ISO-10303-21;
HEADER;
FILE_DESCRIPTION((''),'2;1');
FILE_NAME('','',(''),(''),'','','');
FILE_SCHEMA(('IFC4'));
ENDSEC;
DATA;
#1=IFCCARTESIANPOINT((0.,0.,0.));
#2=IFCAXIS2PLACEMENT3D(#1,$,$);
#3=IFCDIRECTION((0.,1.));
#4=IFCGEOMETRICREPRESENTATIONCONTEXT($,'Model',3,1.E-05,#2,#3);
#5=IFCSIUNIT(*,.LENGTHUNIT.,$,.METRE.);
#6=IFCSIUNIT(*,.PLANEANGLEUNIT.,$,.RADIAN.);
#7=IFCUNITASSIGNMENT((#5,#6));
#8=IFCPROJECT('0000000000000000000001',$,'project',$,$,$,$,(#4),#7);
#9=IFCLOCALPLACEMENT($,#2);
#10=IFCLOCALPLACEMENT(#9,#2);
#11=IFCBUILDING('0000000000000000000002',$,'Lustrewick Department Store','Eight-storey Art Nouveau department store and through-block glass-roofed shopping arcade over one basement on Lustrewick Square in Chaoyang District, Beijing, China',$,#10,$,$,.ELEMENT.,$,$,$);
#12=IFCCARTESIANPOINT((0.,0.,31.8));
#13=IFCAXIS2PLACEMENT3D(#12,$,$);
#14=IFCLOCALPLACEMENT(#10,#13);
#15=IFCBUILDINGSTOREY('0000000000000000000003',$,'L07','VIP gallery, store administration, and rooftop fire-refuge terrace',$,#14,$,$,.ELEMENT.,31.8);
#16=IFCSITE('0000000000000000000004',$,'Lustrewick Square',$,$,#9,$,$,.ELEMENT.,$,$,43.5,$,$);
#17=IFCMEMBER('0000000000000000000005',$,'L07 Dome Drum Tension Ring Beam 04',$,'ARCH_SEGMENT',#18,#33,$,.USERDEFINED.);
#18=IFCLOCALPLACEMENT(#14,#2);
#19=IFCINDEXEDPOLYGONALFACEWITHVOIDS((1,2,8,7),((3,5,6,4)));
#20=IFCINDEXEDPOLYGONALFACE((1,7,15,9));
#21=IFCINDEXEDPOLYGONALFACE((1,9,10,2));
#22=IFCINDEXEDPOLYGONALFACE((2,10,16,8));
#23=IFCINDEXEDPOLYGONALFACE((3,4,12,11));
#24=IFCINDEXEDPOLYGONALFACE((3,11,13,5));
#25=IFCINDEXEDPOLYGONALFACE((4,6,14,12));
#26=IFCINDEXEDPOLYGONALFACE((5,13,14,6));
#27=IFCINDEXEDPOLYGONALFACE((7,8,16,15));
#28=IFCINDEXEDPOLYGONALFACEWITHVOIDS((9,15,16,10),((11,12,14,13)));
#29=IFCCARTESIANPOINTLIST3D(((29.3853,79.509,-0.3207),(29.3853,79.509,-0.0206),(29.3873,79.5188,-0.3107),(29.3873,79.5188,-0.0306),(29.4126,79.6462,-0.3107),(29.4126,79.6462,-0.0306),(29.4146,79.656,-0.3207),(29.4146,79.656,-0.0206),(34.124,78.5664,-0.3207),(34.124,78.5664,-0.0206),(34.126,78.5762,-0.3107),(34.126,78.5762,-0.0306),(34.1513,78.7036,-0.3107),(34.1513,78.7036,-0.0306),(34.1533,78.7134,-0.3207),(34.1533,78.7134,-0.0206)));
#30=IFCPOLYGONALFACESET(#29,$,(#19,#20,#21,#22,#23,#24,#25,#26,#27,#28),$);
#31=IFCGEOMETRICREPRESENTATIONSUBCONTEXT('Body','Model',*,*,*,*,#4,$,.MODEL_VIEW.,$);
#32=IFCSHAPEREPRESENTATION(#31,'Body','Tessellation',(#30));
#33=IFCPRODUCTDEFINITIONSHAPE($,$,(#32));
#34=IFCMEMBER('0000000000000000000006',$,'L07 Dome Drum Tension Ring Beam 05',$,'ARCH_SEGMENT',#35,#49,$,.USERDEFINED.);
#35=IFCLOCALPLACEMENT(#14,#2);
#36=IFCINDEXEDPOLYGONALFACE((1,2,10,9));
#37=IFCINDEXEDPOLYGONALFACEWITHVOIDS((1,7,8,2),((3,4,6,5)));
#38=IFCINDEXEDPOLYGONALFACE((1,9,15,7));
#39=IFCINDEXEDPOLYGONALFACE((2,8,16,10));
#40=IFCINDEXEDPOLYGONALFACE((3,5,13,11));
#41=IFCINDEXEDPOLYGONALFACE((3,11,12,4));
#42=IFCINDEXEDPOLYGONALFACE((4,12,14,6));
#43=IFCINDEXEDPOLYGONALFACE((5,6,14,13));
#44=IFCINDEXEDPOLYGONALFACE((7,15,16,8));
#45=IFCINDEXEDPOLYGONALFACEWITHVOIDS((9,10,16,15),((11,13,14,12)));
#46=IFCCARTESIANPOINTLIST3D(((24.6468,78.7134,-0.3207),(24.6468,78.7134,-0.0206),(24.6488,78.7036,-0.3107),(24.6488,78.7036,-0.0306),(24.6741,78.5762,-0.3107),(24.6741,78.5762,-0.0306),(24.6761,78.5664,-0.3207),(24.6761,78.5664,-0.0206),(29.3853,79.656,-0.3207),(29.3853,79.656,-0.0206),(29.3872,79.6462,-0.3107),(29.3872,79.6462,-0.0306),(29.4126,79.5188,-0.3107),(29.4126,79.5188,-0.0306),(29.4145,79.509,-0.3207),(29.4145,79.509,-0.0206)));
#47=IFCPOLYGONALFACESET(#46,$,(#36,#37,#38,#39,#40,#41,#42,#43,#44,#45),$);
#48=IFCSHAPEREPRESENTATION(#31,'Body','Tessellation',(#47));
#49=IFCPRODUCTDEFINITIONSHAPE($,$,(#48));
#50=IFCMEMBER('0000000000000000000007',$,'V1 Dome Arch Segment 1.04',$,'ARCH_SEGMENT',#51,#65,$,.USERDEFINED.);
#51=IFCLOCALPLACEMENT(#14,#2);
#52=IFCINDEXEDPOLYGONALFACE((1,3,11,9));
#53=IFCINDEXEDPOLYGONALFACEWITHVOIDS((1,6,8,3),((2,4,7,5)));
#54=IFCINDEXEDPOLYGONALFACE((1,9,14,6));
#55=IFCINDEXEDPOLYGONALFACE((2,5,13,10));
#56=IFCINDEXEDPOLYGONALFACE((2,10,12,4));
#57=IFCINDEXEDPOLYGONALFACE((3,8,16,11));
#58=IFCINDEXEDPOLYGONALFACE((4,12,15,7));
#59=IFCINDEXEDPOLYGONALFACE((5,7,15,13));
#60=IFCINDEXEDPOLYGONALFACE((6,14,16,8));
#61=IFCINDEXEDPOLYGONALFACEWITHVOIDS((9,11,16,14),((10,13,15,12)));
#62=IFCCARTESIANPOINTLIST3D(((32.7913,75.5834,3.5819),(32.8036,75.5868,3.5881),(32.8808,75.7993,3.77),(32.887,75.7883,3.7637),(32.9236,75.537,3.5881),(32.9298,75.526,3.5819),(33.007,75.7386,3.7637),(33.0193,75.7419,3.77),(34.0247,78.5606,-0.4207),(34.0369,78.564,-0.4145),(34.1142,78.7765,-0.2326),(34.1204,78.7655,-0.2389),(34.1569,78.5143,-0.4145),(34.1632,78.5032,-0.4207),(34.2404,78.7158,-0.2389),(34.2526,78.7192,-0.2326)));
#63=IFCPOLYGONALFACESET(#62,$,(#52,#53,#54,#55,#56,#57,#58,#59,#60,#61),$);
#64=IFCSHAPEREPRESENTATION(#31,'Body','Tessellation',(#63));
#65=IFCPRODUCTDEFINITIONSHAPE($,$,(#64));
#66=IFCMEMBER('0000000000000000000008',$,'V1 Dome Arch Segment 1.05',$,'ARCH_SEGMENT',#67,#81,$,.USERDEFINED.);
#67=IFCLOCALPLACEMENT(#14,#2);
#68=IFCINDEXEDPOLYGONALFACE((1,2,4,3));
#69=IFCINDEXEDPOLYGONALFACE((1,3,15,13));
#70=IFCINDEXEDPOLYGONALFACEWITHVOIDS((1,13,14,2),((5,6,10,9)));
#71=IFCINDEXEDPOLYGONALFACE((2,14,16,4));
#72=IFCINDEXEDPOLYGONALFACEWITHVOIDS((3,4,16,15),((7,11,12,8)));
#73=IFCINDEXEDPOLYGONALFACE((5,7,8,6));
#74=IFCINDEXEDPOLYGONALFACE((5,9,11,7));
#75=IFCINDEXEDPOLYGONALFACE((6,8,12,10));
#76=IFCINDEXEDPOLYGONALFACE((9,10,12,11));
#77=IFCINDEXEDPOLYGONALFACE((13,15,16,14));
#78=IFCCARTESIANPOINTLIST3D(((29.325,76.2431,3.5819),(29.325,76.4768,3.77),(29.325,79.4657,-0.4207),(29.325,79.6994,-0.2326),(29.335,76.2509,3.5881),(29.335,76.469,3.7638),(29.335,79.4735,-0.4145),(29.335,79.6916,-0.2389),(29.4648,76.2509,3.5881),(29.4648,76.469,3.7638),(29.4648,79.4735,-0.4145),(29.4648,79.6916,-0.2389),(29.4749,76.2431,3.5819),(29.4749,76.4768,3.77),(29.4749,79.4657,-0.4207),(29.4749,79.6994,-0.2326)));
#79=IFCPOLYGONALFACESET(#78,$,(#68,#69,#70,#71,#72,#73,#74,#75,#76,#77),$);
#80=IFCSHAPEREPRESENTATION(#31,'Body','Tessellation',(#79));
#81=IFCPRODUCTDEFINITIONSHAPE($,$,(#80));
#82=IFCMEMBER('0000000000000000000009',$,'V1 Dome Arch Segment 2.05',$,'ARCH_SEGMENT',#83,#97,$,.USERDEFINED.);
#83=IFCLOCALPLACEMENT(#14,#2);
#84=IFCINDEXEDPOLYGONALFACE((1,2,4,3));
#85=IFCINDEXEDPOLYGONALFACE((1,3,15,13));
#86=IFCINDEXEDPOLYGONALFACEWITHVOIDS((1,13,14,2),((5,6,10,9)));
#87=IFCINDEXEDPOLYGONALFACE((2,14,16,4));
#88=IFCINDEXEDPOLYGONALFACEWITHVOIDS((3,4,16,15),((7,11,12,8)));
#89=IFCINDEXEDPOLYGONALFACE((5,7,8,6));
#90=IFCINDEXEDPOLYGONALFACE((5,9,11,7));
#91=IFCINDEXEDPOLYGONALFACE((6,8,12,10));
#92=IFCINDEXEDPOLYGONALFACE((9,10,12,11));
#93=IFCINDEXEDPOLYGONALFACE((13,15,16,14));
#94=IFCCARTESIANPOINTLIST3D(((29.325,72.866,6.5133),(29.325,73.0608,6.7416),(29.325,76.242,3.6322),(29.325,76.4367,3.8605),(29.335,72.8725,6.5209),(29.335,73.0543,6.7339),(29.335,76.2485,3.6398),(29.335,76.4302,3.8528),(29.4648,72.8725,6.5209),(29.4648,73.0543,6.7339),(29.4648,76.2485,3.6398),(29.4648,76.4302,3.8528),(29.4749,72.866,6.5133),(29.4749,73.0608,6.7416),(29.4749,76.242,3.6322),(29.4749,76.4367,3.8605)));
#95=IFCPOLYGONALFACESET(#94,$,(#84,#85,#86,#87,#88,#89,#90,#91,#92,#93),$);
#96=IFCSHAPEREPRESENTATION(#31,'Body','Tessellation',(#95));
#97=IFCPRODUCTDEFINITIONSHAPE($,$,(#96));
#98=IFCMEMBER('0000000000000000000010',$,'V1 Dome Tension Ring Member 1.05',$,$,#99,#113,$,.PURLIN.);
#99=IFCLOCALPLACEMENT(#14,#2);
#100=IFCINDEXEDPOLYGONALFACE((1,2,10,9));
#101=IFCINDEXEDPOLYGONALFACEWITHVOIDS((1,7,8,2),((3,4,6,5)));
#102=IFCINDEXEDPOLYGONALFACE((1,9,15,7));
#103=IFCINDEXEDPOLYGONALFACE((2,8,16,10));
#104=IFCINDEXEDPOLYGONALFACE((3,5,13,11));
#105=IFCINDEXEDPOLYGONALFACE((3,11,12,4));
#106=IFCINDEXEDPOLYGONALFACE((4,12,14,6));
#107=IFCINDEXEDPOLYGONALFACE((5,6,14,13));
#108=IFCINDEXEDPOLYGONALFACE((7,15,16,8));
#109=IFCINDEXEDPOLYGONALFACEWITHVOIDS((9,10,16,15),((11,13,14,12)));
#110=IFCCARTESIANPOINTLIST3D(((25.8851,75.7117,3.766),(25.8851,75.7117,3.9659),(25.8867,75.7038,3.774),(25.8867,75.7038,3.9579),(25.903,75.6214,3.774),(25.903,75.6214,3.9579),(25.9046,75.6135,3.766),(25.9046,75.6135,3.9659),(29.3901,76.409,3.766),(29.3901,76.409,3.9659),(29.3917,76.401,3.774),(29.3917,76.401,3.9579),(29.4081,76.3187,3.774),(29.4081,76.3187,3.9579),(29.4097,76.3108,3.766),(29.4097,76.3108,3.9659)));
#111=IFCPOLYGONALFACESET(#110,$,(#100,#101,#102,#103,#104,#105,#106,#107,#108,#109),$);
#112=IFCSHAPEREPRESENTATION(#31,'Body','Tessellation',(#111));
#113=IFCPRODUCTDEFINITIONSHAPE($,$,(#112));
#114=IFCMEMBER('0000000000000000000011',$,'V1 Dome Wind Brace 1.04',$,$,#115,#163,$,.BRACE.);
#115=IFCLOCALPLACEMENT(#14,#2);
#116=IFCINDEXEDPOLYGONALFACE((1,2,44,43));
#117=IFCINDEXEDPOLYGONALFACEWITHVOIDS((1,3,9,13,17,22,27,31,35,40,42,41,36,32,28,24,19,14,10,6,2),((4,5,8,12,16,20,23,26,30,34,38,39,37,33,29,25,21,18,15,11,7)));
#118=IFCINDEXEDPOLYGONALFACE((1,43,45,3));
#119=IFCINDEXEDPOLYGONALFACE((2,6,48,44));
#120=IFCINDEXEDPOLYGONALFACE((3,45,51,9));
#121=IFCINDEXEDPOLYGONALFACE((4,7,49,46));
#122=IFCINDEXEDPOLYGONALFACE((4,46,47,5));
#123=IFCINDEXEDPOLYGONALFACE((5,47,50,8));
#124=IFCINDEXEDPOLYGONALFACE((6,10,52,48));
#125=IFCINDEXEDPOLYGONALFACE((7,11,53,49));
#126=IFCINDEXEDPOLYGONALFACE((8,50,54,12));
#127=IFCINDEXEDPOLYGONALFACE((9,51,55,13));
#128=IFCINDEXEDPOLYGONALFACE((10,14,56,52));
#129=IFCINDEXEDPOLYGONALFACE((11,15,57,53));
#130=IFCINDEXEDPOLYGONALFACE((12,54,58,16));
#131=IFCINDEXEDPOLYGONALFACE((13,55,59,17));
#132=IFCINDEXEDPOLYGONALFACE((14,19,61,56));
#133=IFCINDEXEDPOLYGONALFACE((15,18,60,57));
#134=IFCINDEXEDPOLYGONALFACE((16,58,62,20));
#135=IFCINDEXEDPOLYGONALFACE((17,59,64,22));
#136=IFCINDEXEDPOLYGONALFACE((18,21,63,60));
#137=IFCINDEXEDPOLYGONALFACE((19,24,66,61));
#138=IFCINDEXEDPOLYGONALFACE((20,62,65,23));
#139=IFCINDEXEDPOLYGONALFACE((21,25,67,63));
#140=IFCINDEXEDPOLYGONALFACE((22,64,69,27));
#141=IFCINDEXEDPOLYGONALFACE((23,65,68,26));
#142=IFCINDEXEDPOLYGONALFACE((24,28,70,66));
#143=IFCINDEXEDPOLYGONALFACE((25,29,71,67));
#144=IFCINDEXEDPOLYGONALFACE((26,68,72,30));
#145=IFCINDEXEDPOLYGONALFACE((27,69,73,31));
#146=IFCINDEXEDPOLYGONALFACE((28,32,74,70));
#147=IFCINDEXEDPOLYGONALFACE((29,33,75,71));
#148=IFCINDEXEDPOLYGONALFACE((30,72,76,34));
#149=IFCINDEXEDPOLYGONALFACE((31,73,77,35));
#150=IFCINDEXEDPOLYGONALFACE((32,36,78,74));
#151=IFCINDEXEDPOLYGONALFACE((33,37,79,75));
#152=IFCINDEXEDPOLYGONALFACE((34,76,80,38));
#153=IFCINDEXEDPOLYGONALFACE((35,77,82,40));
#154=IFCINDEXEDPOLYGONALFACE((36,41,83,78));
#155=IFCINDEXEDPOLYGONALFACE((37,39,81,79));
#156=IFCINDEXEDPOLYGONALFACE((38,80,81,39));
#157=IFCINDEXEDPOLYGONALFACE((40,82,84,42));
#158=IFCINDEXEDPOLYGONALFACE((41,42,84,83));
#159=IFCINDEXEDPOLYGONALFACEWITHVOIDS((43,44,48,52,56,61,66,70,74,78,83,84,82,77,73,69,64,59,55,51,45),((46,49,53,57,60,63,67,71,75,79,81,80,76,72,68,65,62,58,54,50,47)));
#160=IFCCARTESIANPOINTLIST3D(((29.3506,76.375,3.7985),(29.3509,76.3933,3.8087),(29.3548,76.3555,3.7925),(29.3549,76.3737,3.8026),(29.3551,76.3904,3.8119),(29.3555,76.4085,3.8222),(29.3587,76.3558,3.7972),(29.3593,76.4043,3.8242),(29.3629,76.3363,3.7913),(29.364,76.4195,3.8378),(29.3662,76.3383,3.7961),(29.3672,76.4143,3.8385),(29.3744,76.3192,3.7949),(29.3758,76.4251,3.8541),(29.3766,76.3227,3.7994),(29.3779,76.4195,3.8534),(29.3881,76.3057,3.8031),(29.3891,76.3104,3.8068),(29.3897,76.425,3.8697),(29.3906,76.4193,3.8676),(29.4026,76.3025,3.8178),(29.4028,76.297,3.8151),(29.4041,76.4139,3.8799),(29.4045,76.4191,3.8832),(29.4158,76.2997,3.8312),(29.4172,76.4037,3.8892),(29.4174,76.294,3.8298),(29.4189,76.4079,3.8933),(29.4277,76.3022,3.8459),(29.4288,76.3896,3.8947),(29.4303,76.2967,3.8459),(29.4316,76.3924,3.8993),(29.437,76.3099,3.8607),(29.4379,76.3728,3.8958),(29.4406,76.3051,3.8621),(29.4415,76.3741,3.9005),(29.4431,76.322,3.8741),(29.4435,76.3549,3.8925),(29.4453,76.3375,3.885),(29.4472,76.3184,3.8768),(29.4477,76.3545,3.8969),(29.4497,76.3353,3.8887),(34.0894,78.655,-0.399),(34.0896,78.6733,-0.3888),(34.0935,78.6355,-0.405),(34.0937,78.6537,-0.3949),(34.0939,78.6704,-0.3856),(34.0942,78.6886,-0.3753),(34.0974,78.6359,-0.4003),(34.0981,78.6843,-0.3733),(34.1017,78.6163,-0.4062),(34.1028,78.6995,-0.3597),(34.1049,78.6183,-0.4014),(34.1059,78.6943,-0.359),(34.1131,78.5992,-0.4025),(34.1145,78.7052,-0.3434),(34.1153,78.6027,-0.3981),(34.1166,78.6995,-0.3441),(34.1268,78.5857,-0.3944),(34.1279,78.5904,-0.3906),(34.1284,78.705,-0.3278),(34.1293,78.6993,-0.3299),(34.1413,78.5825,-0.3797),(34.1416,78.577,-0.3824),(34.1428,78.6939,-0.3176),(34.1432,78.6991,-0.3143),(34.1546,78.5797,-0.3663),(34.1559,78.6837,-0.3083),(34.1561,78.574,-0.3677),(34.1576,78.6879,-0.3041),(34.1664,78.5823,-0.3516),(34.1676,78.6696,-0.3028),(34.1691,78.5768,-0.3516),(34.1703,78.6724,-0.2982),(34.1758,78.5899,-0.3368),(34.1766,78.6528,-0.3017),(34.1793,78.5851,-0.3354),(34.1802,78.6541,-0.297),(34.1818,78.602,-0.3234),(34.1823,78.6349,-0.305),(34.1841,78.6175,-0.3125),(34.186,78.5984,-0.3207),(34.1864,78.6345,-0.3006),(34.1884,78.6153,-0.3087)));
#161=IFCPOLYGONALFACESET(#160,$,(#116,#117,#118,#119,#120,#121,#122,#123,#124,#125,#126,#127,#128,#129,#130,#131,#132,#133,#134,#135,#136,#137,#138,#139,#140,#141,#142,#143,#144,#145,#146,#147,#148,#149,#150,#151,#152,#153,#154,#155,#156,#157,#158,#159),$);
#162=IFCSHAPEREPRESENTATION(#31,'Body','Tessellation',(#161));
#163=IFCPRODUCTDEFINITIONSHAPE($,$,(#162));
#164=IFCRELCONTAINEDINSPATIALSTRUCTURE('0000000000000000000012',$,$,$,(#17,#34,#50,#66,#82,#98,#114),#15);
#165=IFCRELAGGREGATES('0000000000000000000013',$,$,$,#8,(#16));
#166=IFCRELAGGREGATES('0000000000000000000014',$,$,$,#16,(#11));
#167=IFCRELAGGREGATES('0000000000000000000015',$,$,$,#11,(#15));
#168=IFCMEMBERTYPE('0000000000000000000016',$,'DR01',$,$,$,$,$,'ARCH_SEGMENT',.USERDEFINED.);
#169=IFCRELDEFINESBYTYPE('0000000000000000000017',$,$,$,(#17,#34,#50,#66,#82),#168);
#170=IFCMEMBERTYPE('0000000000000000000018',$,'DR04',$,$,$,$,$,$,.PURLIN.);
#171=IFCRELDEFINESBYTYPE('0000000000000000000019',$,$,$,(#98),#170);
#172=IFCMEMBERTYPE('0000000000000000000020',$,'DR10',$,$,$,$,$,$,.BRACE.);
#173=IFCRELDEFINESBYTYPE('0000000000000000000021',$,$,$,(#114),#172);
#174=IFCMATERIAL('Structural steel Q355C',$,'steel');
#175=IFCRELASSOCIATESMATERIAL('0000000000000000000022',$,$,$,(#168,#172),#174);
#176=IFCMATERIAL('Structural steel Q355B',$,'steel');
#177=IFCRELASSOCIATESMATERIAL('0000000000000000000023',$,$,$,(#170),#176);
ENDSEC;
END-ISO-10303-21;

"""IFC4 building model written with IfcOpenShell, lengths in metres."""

from ifc_helpers import new_model, si_unit, direction, frame, origin, origin_2d, place, context, subcontext, project, spatial, hollow_rectangle, hollow_circle, extrude, material, material_profile, profile_set, type_object, element, save


model = new_model("IFC4")

# Units and contexts
model_context = context("Model", 3, precision=1e-05, world=origin(), true_north=direction((0.0, 1.0)))
body_context = subcontext(model_context, "Body", "Model", "MODEL_VIEW")
ifc_project = project(units=[si_unit("LENGTHUNIT", "METRE"), si_unit("PLANEANGLEUNIT", "RADIAN")], contexts=[model_context])

# Site, building, storey
site_placement = place(None, origin())
site = spatial("IfcSite", under=ifc_project, at=site_placement, Name="Lustrewick Square", CompositionType="ELEMENT", RefElevation=43.5)
building_placement = place(site_placement, origin())
building = spatial("IfcBuilding", under=site, at=building_placement, Name="Lustrewick Department Store", Description="Eight-storey Art Nouveau department store and through-block glass-roofed shopping arcade over one basement on Lustrewick Square in Chaoyang District, Beijing, China", CompositionType="ELEMENT")
storey_placement = place(building_placement, frame((0.0, 0.0, 31.8)))
storey = spatial("IfcBuildingStorey", under=building, at=storey_placement, Name="L07", Description="VIP gallery, store administration, and rooftop fire-refuge terrace", CompositionType="ELEMENT", Elevation=31.8)

# Members
ifc_material_1 = material(Name="Structural steel Q355C", Category="steel")
ifc_material_profile_1 = material_profile(ifc_material_1, hollow_rectangle(XDim=0.1499, YDim=0.3, WallThickness=0.01, at=origin_2d()), Name="RHS 300x150x10")
ifc_profile_set_1 = profile_set([ifc_material_profile_1], Name="Structural steel Q355C")
member_type_1 = type_object("IfcMemberType", Name="DR01", ElementType="ARCH_SEGMENT", PredefinedType="USERDEFINED", material=ifc_profile_set_1)
member_1_placement = place(storey_placement, frame((34.1387, 78.6399, -0.1707), z_axis=(-0.980784, 0.195096, 0.0), x_axis=(-0.195096, -0.980784, 0.0)))
element("IfcMember", 1, at=member_1_placement, inside=storey, type_object=member_type_1, Name="L07 Dome Drum Tension Ring Beam 04", ObjectType="ARCH_SEGMENT", PredefinedType="USERDEFINED", context=body_context, shape_type="SweptSolid", body=[
    extrude(hollow_rectangle(XDim=0.1499, YDim=0.3, WallThickness=0.01, at=origin_2d()), origin(), (0.0, 0.0, 1.0), 4.8315),
])
member_2_placement = place(storey_placement, frame((29.3999, 79.5825, -0.1707), z_axis=(-0.980782, -0.195105, 0.0), x_axis=(0.195105, -0.980782, 0.0)))
element("IfcMember", 2, at=member_2_placement, inside=storey, type_object=member_type_1, Name="L07 Dome Drum Tension Ring Beam 05", ObjectType="ARCH_SEGMENT", PredefinedType="USERDEFINED", context=body_context, shape_type="SweptSolid", body=[
    extrude(hollow_rectangle(XDim=0.1499, YDim=0.3, WallThickness=0.01, at=origin_2d()), origin(), (0.0, 0.0, 1.0), 4.8313),
])
for number, where, z_axis, x_axis, name in (
    (3, (34.1387, 78.6399, -0.3267), (-0.240018, -0.579378, 0.778918), (0.923862, -0.382726, 0.0), "V1 Dome Arch Segment 1.04"),
    (4, (29.3999, 79.5825, -0.3267), (0.0, -0.627125, 0.778918), (1.0, 0.0, 0.0), "V1 Dome Arch Segment 1.05"),
):
    element("IfcMember", number, at=place(storey_placement, frame(where, z_axis=z_axis, x_axis=x_axis)), inside=storey, type_object=member_type_1, Name=name, ObjectType="ARCH_SEGMENT", PredefinedType="USERDEFINED", context=body_context, shape_type="SweptSolid", body=[
        extrude(hollow_rectangle(XDim=0.1499, YDim=0.3, WallThickness=0.01, at=origin_2d()), origin(), (0.0, 0.0, 1.0), 5.1387),
    ])
member_3_placement = place(storey_placement, frame((29.3999, 76.3394, 3.7463), z_axis=(0.0, -0.760657, 0.649154), x_axis=(1.0, 0.0, 0.0)))
element("IfcMember", 5, at=member_3_placement, inside=storey, type_object=member_type_1, Name="V1 Dome Arch Segment 2.05", ObjectType="ARCH_SEGMENT", PredefinedType="USERDEFINED", context=body_context, shape_type="SweptSolid", body=[
    extrude(hollow_rectangle(XDim=0.1499, YDim=0.3, WallThickness=0.01, at=origin_2d()), origin(), (0.0, 0.0, 1.0), 4.4382),
])
ifc_material_2 = material(Name="Structural steel Q355B", Category="steel")
ifc_material_profile_2 = material_profile(ifc_material_2, hollow_rectangle(XDim=0.1001, YDim=0.2, WallThickness=0.0081, at=origin_2d()), Name="RHS 200x100x8")
ifc_profile_set_2 = profile_set([ifc_material_profile_2], Name="Structural steel Q355B")
member_type_2 = type_object("IfcMemberType", Name="DR04", PredefinedType="PURLIN", material=ifc_profile_set_2)
member_4_placement = place(storey_placement, frame((29.3999, 76.3599, 3.866), z_axis=(-0.980782, -0.195104, 0.0), x_axis=(0.195104, -0.980782, 0.0)))
element("IfcMember", 6, at=member_4_placement, inside=storey, type_object=member_type_2, Name="V1 Dome Tension Ring Member 1.05", PredefinedType="PURLIN", context=body_context, shape_type="SweptSolid", body=[
    extrude(hollow_rectangle(XDim=0.1001, YDim=0.2, WallThickness=0.0081, at=origin_2d()), origin(), (0.0, 0.0, 1.0), 3.5737),
])
ifc_material_profile_3 = material_profile(ifc_material_1, hollow_circle(Radius=0.0701, WallThickness=0.0061, at=origin_2d()), Name="CHS 140x6")
ifc_profile_set_3 = profile_set([ifc_material_profile_3], Name="Structural steel Q355C")
member_type_3 = type_object("IfcMemberType", Name="DR10", PredefinedType="BRACE", material=ifc_profile_set_3)
member_5_placement = place(storey_placement, frame((34.1387, 78.6399, -0.3516), z_axis=(-0.704277, -0.338858, 0.623835), x_axis=(0.433569, -0.901121, 0.0)))
element("IfcMember", 7, at=member_5_placement, inside=storey, type_object=member_type_3, Name="V1 Dome Wind Brace 1.04", PredefinedType="BRACE", context=body_context, shape_type="SweptSolid", body=[
    extrude(hollow_circle(Radius=0.0701, WallThickness=0.0061, at=origin_2d()), origin(), (0.0, 0.0, 1.0), 6.7285),
])

save(model, "model.ifc")
